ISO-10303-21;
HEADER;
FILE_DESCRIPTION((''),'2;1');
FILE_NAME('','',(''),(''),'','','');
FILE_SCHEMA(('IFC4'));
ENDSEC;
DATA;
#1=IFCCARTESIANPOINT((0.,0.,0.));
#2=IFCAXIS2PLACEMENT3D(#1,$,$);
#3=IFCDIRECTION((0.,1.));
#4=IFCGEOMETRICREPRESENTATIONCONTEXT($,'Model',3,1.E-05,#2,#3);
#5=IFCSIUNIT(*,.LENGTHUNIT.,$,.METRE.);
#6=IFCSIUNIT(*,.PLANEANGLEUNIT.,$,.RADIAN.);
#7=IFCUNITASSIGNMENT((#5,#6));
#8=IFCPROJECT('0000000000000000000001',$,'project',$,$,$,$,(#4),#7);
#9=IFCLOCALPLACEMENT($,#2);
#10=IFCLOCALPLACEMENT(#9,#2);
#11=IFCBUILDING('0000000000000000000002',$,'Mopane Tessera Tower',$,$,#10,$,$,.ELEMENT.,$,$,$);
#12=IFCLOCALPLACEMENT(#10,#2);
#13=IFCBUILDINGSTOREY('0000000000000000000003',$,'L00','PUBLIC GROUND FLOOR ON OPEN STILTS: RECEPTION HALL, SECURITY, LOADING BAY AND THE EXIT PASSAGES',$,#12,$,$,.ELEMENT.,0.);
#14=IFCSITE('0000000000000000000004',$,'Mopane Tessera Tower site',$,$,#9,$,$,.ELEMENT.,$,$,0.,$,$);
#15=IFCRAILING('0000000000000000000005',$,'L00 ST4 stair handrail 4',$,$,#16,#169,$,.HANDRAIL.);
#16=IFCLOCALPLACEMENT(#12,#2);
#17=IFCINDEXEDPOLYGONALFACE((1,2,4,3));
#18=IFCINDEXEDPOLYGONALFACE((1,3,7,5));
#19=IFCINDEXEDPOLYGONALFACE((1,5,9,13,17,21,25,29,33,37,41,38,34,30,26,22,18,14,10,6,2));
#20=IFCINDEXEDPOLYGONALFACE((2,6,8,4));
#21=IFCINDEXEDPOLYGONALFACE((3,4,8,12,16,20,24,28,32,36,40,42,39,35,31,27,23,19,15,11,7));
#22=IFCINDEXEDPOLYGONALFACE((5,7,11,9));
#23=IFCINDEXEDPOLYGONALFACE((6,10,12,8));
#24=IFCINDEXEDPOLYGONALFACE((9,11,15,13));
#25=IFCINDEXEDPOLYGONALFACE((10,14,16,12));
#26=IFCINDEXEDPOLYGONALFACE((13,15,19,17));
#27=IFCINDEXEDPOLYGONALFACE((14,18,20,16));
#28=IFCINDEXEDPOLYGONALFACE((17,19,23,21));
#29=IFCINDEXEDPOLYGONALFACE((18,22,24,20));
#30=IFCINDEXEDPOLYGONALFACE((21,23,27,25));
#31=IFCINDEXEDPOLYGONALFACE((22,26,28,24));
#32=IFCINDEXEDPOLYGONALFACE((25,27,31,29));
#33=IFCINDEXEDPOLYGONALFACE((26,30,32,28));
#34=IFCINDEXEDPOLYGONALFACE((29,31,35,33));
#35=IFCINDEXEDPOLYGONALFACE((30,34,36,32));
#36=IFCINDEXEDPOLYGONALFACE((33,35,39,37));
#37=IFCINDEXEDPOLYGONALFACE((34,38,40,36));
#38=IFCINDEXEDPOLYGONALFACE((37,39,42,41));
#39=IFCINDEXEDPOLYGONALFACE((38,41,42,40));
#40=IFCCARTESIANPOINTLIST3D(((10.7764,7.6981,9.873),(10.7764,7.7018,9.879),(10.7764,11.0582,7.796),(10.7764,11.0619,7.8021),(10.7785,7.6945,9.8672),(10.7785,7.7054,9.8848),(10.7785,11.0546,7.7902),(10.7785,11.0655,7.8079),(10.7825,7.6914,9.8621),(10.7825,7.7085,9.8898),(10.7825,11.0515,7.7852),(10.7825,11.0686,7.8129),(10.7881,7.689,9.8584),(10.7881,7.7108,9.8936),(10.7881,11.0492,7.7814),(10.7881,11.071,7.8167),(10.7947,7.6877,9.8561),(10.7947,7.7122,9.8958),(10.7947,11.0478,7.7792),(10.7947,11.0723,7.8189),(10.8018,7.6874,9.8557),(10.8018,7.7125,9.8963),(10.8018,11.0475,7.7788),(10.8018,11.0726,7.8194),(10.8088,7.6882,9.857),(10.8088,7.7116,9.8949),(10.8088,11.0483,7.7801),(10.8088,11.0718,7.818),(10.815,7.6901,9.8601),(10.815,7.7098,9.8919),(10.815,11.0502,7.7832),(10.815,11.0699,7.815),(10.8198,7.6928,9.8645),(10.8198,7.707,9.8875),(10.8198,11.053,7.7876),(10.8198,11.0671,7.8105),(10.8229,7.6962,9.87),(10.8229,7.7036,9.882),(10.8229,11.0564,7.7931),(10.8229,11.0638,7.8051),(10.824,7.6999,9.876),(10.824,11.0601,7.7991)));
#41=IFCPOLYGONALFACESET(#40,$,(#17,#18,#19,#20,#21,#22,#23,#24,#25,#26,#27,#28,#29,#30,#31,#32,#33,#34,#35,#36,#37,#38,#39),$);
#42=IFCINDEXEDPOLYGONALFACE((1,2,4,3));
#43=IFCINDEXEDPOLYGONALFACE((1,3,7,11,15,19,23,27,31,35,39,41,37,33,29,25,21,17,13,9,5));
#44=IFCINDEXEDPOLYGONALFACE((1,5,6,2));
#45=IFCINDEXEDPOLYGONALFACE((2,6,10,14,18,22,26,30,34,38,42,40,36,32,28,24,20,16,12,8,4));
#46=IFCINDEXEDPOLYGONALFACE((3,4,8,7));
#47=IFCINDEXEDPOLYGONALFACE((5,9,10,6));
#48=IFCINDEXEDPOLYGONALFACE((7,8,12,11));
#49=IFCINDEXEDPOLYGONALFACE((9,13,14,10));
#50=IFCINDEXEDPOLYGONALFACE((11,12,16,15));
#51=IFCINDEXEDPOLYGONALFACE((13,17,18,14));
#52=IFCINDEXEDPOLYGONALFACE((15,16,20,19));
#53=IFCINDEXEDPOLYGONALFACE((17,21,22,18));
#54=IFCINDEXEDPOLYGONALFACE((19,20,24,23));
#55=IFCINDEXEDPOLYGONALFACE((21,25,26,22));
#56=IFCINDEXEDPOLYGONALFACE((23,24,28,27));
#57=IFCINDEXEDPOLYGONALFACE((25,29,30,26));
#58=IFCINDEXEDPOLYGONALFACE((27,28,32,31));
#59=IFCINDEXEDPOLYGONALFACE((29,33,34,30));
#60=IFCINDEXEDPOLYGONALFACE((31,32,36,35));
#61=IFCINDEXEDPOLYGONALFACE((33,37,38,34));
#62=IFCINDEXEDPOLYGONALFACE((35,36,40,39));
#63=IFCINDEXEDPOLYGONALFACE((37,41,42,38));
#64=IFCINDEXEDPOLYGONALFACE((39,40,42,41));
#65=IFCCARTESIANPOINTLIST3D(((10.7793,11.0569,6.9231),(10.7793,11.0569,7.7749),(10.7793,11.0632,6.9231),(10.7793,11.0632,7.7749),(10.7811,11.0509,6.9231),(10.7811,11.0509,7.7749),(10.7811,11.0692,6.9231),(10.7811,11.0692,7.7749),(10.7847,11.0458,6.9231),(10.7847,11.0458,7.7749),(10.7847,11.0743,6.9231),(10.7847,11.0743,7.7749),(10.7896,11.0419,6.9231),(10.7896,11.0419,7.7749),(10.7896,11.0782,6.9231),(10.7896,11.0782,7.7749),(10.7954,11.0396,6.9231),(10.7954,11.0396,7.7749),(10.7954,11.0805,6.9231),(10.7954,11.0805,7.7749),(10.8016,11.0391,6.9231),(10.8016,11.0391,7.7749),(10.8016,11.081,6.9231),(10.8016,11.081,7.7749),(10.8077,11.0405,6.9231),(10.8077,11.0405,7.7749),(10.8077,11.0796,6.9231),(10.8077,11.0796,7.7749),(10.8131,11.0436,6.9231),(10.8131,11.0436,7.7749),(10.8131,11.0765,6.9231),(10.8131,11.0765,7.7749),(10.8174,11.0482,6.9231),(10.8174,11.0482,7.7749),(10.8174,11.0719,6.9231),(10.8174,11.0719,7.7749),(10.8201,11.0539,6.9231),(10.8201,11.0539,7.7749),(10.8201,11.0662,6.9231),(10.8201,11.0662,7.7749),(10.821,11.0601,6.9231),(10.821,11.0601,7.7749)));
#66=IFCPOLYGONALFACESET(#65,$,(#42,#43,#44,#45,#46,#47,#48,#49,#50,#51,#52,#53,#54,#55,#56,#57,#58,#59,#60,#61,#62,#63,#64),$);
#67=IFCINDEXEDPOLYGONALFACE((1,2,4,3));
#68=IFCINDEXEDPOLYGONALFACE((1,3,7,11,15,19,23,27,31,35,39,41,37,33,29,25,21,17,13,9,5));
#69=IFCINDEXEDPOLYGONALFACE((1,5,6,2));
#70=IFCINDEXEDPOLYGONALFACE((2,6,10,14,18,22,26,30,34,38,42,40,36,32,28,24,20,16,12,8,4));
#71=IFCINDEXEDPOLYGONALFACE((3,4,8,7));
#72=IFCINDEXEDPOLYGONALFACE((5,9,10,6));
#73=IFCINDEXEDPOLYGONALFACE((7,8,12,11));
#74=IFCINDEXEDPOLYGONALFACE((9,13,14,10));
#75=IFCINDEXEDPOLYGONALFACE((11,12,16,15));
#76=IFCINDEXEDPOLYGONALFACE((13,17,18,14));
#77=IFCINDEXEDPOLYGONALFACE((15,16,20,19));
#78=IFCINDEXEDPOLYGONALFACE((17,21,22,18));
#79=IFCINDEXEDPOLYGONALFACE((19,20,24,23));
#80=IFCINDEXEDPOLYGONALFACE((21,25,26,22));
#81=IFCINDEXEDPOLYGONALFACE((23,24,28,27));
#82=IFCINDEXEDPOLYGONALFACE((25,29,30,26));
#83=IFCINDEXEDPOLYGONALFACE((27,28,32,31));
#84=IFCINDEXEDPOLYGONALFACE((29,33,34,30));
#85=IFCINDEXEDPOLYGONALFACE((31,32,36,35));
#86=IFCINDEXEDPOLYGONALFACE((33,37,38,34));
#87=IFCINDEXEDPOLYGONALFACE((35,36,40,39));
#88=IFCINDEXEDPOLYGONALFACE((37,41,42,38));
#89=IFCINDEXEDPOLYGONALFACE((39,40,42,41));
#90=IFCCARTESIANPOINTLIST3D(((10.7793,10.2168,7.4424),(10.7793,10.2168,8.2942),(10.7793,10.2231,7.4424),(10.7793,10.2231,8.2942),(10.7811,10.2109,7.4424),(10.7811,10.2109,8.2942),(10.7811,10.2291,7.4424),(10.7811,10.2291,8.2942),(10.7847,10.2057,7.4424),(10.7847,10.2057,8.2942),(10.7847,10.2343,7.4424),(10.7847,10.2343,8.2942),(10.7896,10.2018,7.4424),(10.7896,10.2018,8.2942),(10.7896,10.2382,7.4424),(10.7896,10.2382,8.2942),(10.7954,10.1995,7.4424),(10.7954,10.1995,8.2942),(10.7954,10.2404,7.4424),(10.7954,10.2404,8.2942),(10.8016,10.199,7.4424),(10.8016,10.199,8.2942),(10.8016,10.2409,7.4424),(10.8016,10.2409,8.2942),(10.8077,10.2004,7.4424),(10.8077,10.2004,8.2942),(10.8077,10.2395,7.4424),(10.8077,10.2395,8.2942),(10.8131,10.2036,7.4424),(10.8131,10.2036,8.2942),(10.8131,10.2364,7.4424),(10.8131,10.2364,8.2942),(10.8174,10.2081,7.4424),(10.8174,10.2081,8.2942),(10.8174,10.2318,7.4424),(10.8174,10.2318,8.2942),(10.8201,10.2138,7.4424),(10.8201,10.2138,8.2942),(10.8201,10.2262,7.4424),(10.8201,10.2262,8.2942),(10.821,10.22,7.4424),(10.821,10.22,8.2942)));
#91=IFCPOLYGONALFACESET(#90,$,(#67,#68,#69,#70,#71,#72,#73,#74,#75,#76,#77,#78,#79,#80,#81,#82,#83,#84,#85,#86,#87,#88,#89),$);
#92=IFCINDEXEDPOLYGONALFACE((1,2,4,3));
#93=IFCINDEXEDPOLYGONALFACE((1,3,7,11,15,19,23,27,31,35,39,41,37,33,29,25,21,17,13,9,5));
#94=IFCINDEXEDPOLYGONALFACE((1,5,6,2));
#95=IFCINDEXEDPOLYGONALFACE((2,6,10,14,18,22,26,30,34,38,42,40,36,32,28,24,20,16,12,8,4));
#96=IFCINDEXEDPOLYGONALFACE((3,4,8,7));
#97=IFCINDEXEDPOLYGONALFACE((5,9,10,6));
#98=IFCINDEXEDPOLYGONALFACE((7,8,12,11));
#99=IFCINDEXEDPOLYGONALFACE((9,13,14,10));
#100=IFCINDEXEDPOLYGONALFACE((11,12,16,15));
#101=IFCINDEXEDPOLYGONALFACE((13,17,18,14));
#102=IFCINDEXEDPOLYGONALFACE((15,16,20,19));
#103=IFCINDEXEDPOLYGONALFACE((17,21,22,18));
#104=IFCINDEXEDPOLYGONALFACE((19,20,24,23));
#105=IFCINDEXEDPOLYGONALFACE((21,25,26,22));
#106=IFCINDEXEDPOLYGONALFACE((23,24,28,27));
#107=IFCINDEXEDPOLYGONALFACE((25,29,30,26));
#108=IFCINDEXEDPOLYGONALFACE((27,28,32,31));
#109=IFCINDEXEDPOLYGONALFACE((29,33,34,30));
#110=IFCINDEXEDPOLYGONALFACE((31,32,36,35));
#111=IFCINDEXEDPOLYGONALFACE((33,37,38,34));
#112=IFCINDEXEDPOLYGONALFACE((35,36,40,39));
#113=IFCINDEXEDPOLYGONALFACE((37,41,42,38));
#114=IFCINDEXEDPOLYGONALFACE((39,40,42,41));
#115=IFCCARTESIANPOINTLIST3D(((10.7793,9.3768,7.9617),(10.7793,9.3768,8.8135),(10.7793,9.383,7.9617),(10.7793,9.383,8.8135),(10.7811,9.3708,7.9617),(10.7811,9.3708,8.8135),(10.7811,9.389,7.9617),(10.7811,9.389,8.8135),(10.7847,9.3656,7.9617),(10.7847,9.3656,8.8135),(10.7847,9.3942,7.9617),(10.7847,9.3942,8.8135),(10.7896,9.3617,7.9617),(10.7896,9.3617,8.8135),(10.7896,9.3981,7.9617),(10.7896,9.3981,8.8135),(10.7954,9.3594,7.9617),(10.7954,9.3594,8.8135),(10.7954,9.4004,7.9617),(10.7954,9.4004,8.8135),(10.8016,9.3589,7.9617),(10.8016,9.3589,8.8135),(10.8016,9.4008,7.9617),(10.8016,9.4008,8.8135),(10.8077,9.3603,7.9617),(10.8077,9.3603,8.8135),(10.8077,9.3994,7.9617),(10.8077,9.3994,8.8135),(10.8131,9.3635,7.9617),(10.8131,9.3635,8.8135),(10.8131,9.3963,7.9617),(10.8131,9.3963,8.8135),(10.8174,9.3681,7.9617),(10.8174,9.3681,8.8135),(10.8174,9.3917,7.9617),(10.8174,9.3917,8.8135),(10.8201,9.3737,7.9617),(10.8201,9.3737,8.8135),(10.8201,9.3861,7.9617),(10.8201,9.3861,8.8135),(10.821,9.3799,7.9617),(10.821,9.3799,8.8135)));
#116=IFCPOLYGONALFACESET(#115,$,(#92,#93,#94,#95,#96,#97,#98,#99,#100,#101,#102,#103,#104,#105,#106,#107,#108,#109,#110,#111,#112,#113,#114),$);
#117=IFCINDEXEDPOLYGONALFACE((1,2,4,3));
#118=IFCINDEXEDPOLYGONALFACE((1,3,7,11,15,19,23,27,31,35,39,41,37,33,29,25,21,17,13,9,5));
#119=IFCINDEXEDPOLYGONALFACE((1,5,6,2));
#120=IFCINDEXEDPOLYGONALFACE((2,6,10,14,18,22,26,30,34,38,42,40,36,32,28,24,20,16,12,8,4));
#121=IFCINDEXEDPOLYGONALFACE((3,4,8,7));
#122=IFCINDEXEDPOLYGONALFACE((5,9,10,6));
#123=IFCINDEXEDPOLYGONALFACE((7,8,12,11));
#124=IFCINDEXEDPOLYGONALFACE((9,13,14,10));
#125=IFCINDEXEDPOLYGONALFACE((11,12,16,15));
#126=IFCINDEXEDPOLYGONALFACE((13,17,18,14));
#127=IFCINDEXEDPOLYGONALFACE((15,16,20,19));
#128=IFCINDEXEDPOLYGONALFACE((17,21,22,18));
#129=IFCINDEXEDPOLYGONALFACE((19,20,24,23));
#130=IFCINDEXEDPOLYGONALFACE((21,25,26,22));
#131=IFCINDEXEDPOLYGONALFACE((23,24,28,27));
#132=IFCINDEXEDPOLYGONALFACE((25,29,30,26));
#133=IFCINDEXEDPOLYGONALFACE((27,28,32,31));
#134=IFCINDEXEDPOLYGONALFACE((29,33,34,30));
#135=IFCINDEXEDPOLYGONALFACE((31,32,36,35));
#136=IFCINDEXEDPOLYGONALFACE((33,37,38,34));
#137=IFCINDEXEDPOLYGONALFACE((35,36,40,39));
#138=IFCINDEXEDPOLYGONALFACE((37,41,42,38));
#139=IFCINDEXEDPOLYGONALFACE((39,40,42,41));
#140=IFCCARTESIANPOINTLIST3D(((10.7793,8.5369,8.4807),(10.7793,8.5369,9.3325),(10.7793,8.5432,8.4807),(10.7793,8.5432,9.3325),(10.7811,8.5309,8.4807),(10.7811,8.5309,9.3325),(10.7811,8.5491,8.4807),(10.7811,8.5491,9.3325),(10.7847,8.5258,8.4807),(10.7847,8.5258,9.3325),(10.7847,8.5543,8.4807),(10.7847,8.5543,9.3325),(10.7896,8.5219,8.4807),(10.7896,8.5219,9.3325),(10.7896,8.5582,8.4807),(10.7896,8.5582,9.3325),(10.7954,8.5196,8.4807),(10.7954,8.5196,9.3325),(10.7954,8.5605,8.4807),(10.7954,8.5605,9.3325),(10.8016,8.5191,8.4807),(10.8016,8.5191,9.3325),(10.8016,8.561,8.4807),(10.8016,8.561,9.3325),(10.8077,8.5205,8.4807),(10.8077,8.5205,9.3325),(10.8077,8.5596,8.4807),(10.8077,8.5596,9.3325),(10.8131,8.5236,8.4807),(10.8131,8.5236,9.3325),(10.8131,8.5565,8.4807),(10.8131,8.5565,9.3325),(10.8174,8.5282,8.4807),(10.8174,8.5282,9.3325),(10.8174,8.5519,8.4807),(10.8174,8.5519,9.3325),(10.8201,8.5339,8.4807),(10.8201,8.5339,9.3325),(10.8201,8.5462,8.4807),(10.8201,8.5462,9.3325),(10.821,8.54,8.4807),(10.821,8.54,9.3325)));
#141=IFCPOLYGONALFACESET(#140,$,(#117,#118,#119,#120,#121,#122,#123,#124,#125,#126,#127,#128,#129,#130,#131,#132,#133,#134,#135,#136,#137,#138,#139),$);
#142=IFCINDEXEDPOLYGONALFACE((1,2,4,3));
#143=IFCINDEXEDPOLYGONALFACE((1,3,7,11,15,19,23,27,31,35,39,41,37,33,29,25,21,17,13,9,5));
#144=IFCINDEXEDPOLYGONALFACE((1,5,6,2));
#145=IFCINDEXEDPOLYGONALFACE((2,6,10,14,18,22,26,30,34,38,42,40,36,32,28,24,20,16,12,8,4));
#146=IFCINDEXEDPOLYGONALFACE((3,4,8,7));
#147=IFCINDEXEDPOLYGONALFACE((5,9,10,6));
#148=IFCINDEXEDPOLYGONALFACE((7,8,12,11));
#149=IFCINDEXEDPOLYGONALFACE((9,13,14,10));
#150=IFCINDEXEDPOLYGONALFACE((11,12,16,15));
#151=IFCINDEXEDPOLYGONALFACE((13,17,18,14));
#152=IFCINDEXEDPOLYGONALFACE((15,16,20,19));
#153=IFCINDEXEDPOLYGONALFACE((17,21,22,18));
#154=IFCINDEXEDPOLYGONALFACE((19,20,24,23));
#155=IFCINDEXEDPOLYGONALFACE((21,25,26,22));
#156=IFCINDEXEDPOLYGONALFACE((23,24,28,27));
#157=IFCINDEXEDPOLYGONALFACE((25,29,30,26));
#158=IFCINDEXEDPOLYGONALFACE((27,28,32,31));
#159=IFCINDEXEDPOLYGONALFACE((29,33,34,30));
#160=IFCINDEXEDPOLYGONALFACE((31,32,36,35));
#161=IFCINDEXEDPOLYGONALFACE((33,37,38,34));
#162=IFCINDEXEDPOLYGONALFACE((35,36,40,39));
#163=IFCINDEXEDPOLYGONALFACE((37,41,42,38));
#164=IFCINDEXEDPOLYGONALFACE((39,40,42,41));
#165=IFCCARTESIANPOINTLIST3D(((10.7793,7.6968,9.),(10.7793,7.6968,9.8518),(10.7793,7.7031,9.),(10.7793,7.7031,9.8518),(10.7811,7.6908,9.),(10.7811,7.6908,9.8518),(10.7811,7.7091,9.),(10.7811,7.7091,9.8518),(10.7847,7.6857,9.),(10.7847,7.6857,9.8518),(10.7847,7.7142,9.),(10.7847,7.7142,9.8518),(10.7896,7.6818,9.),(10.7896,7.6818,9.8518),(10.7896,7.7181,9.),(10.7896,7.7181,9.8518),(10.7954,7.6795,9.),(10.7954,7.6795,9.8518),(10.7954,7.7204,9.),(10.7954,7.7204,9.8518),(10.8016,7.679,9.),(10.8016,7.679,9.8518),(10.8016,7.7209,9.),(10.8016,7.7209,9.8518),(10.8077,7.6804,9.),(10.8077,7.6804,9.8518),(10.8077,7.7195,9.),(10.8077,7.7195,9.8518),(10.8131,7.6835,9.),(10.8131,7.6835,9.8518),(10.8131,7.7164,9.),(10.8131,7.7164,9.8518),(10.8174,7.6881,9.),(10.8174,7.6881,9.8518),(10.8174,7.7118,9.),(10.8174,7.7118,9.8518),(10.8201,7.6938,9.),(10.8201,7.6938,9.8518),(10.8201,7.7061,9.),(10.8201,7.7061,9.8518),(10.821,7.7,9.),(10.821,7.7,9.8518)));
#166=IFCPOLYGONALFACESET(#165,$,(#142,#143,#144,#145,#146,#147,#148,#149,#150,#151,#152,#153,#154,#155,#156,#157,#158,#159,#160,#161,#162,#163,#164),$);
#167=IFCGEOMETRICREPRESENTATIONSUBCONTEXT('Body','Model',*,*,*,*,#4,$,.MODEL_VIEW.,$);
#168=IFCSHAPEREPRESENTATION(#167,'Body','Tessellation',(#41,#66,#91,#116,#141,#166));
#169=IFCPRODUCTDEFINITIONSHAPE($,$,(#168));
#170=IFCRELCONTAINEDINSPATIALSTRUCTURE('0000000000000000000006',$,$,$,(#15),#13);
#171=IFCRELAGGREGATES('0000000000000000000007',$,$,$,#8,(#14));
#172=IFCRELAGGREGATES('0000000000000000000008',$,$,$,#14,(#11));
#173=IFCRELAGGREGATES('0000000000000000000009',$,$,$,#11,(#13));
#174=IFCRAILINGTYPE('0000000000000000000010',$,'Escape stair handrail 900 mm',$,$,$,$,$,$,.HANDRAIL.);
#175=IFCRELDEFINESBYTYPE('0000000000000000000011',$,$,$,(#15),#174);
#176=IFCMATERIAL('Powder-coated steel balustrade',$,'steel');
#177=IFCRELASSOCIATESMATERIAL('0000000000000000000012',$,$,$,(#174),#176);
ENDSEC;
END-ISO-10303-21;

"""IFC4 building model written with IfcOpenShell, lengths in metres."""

from ifc_helpers import new_model, si_unit, direction, frame, origin, origin_2d, place, context, subcontext, project, spatial, circle, extrude, material, type_object, element, save


model = new_model("IFC4")

# Units and contexts
model_context = context("Model", 3, precision=1e-05, world=origin(), true_north=direction((0.0, 1.0)))
body_context = subcontext(model_context, "Body", "Model", "MODEL_VIEW")
ifc_project = project(units=[si_unit("LENGTHUNIT", "METRE"), si_unit("PLANEANGLEUNIT", "RADIAN")], contexts=[model_context])

# Site, building, storey
site_placement = place(None, origin())
site = spatial("IfcSite", under=ifc_project, at=site_placement, Name="Mopane Tessera Tower site", CompositionType="ELEMENT", RefElevation=0.0)
building_placement = place(site_placement, origin())
building = spatial("IfcBuilding", under=site, at=building_placement, Name="Mopane Tessera Tower", CompositionType="ELEMENT")
storey_placement = place(building_placement, origin())
storey = spatial("IfcBuildingStorey", under=building, at=storey_placement, Name="L00", Description="PUBLIC GROUND FLOOR ON OPEN STILTS: RECEPTION HALL, SECURITY, LOADING BAY AND THE EXIT PASSAGES", CompositionType="ELEMENT", Elevation=0.0)

# Railing
ifc_material_1 = material(Name="Powder-coated steel balustrade", Category="steel")
railing_type_1 = type_object("IfcRailingType", Name="Escape stair handrail 900 mm", PredefinedType="HANDRAIL", material=ifc_material_1)
for number, where, name in (
    (1, (10.8, 11.0601, 6.9231), "L00 ST4 stair handrail 4"),
):
    element("IfcRailing", number, at=place(storey_placement, frame(where)), inside=storey, type_object=railing_type_1, Name=name, PredefinedType="HANDRAIL", context=body_context, shape_type="SweptSolid", body=[
        extrude(circle(Radius=0.0239, at=origin_2d()), frame((0.0, 0.0, 0.876), z_axis=(0.0, -0.850623, 0.525776), x_axis=(1.0, 0.0, 0.0)), (0.0, 0.0, 1.0), 3.9502),
        extrude(circle(Radius=0.021, at=origin_2d()), origin(), (0.0, 0.0, 1.0), 0.8518),
        extrude(circle(Radius=0.021, at=origin_2d()), frame((0.0, -0.8401, 0.5193)), (0.0, 0.0, 1.0), 0.8518),
        extrude(circle(Radius=0.021, at=origin_2d()), frame((0.0, -1.6802, 1.0386)), (0.0, 0.0, 1.0), 0.8518),
        extrude(circle(Radius=0.021, at=origin_2d()), frame((0.0, -2.52, 1.5576)), (0.0, 0.0, 1.0), 0.8518),
        extrude(circle(Radius=0.021, at=origin_2d()), frame((0.0, -3.3601, 2.0769)), (0.0, 0.0, 1.0), 0.8518),
    ])

save(model, "model.ifc")
